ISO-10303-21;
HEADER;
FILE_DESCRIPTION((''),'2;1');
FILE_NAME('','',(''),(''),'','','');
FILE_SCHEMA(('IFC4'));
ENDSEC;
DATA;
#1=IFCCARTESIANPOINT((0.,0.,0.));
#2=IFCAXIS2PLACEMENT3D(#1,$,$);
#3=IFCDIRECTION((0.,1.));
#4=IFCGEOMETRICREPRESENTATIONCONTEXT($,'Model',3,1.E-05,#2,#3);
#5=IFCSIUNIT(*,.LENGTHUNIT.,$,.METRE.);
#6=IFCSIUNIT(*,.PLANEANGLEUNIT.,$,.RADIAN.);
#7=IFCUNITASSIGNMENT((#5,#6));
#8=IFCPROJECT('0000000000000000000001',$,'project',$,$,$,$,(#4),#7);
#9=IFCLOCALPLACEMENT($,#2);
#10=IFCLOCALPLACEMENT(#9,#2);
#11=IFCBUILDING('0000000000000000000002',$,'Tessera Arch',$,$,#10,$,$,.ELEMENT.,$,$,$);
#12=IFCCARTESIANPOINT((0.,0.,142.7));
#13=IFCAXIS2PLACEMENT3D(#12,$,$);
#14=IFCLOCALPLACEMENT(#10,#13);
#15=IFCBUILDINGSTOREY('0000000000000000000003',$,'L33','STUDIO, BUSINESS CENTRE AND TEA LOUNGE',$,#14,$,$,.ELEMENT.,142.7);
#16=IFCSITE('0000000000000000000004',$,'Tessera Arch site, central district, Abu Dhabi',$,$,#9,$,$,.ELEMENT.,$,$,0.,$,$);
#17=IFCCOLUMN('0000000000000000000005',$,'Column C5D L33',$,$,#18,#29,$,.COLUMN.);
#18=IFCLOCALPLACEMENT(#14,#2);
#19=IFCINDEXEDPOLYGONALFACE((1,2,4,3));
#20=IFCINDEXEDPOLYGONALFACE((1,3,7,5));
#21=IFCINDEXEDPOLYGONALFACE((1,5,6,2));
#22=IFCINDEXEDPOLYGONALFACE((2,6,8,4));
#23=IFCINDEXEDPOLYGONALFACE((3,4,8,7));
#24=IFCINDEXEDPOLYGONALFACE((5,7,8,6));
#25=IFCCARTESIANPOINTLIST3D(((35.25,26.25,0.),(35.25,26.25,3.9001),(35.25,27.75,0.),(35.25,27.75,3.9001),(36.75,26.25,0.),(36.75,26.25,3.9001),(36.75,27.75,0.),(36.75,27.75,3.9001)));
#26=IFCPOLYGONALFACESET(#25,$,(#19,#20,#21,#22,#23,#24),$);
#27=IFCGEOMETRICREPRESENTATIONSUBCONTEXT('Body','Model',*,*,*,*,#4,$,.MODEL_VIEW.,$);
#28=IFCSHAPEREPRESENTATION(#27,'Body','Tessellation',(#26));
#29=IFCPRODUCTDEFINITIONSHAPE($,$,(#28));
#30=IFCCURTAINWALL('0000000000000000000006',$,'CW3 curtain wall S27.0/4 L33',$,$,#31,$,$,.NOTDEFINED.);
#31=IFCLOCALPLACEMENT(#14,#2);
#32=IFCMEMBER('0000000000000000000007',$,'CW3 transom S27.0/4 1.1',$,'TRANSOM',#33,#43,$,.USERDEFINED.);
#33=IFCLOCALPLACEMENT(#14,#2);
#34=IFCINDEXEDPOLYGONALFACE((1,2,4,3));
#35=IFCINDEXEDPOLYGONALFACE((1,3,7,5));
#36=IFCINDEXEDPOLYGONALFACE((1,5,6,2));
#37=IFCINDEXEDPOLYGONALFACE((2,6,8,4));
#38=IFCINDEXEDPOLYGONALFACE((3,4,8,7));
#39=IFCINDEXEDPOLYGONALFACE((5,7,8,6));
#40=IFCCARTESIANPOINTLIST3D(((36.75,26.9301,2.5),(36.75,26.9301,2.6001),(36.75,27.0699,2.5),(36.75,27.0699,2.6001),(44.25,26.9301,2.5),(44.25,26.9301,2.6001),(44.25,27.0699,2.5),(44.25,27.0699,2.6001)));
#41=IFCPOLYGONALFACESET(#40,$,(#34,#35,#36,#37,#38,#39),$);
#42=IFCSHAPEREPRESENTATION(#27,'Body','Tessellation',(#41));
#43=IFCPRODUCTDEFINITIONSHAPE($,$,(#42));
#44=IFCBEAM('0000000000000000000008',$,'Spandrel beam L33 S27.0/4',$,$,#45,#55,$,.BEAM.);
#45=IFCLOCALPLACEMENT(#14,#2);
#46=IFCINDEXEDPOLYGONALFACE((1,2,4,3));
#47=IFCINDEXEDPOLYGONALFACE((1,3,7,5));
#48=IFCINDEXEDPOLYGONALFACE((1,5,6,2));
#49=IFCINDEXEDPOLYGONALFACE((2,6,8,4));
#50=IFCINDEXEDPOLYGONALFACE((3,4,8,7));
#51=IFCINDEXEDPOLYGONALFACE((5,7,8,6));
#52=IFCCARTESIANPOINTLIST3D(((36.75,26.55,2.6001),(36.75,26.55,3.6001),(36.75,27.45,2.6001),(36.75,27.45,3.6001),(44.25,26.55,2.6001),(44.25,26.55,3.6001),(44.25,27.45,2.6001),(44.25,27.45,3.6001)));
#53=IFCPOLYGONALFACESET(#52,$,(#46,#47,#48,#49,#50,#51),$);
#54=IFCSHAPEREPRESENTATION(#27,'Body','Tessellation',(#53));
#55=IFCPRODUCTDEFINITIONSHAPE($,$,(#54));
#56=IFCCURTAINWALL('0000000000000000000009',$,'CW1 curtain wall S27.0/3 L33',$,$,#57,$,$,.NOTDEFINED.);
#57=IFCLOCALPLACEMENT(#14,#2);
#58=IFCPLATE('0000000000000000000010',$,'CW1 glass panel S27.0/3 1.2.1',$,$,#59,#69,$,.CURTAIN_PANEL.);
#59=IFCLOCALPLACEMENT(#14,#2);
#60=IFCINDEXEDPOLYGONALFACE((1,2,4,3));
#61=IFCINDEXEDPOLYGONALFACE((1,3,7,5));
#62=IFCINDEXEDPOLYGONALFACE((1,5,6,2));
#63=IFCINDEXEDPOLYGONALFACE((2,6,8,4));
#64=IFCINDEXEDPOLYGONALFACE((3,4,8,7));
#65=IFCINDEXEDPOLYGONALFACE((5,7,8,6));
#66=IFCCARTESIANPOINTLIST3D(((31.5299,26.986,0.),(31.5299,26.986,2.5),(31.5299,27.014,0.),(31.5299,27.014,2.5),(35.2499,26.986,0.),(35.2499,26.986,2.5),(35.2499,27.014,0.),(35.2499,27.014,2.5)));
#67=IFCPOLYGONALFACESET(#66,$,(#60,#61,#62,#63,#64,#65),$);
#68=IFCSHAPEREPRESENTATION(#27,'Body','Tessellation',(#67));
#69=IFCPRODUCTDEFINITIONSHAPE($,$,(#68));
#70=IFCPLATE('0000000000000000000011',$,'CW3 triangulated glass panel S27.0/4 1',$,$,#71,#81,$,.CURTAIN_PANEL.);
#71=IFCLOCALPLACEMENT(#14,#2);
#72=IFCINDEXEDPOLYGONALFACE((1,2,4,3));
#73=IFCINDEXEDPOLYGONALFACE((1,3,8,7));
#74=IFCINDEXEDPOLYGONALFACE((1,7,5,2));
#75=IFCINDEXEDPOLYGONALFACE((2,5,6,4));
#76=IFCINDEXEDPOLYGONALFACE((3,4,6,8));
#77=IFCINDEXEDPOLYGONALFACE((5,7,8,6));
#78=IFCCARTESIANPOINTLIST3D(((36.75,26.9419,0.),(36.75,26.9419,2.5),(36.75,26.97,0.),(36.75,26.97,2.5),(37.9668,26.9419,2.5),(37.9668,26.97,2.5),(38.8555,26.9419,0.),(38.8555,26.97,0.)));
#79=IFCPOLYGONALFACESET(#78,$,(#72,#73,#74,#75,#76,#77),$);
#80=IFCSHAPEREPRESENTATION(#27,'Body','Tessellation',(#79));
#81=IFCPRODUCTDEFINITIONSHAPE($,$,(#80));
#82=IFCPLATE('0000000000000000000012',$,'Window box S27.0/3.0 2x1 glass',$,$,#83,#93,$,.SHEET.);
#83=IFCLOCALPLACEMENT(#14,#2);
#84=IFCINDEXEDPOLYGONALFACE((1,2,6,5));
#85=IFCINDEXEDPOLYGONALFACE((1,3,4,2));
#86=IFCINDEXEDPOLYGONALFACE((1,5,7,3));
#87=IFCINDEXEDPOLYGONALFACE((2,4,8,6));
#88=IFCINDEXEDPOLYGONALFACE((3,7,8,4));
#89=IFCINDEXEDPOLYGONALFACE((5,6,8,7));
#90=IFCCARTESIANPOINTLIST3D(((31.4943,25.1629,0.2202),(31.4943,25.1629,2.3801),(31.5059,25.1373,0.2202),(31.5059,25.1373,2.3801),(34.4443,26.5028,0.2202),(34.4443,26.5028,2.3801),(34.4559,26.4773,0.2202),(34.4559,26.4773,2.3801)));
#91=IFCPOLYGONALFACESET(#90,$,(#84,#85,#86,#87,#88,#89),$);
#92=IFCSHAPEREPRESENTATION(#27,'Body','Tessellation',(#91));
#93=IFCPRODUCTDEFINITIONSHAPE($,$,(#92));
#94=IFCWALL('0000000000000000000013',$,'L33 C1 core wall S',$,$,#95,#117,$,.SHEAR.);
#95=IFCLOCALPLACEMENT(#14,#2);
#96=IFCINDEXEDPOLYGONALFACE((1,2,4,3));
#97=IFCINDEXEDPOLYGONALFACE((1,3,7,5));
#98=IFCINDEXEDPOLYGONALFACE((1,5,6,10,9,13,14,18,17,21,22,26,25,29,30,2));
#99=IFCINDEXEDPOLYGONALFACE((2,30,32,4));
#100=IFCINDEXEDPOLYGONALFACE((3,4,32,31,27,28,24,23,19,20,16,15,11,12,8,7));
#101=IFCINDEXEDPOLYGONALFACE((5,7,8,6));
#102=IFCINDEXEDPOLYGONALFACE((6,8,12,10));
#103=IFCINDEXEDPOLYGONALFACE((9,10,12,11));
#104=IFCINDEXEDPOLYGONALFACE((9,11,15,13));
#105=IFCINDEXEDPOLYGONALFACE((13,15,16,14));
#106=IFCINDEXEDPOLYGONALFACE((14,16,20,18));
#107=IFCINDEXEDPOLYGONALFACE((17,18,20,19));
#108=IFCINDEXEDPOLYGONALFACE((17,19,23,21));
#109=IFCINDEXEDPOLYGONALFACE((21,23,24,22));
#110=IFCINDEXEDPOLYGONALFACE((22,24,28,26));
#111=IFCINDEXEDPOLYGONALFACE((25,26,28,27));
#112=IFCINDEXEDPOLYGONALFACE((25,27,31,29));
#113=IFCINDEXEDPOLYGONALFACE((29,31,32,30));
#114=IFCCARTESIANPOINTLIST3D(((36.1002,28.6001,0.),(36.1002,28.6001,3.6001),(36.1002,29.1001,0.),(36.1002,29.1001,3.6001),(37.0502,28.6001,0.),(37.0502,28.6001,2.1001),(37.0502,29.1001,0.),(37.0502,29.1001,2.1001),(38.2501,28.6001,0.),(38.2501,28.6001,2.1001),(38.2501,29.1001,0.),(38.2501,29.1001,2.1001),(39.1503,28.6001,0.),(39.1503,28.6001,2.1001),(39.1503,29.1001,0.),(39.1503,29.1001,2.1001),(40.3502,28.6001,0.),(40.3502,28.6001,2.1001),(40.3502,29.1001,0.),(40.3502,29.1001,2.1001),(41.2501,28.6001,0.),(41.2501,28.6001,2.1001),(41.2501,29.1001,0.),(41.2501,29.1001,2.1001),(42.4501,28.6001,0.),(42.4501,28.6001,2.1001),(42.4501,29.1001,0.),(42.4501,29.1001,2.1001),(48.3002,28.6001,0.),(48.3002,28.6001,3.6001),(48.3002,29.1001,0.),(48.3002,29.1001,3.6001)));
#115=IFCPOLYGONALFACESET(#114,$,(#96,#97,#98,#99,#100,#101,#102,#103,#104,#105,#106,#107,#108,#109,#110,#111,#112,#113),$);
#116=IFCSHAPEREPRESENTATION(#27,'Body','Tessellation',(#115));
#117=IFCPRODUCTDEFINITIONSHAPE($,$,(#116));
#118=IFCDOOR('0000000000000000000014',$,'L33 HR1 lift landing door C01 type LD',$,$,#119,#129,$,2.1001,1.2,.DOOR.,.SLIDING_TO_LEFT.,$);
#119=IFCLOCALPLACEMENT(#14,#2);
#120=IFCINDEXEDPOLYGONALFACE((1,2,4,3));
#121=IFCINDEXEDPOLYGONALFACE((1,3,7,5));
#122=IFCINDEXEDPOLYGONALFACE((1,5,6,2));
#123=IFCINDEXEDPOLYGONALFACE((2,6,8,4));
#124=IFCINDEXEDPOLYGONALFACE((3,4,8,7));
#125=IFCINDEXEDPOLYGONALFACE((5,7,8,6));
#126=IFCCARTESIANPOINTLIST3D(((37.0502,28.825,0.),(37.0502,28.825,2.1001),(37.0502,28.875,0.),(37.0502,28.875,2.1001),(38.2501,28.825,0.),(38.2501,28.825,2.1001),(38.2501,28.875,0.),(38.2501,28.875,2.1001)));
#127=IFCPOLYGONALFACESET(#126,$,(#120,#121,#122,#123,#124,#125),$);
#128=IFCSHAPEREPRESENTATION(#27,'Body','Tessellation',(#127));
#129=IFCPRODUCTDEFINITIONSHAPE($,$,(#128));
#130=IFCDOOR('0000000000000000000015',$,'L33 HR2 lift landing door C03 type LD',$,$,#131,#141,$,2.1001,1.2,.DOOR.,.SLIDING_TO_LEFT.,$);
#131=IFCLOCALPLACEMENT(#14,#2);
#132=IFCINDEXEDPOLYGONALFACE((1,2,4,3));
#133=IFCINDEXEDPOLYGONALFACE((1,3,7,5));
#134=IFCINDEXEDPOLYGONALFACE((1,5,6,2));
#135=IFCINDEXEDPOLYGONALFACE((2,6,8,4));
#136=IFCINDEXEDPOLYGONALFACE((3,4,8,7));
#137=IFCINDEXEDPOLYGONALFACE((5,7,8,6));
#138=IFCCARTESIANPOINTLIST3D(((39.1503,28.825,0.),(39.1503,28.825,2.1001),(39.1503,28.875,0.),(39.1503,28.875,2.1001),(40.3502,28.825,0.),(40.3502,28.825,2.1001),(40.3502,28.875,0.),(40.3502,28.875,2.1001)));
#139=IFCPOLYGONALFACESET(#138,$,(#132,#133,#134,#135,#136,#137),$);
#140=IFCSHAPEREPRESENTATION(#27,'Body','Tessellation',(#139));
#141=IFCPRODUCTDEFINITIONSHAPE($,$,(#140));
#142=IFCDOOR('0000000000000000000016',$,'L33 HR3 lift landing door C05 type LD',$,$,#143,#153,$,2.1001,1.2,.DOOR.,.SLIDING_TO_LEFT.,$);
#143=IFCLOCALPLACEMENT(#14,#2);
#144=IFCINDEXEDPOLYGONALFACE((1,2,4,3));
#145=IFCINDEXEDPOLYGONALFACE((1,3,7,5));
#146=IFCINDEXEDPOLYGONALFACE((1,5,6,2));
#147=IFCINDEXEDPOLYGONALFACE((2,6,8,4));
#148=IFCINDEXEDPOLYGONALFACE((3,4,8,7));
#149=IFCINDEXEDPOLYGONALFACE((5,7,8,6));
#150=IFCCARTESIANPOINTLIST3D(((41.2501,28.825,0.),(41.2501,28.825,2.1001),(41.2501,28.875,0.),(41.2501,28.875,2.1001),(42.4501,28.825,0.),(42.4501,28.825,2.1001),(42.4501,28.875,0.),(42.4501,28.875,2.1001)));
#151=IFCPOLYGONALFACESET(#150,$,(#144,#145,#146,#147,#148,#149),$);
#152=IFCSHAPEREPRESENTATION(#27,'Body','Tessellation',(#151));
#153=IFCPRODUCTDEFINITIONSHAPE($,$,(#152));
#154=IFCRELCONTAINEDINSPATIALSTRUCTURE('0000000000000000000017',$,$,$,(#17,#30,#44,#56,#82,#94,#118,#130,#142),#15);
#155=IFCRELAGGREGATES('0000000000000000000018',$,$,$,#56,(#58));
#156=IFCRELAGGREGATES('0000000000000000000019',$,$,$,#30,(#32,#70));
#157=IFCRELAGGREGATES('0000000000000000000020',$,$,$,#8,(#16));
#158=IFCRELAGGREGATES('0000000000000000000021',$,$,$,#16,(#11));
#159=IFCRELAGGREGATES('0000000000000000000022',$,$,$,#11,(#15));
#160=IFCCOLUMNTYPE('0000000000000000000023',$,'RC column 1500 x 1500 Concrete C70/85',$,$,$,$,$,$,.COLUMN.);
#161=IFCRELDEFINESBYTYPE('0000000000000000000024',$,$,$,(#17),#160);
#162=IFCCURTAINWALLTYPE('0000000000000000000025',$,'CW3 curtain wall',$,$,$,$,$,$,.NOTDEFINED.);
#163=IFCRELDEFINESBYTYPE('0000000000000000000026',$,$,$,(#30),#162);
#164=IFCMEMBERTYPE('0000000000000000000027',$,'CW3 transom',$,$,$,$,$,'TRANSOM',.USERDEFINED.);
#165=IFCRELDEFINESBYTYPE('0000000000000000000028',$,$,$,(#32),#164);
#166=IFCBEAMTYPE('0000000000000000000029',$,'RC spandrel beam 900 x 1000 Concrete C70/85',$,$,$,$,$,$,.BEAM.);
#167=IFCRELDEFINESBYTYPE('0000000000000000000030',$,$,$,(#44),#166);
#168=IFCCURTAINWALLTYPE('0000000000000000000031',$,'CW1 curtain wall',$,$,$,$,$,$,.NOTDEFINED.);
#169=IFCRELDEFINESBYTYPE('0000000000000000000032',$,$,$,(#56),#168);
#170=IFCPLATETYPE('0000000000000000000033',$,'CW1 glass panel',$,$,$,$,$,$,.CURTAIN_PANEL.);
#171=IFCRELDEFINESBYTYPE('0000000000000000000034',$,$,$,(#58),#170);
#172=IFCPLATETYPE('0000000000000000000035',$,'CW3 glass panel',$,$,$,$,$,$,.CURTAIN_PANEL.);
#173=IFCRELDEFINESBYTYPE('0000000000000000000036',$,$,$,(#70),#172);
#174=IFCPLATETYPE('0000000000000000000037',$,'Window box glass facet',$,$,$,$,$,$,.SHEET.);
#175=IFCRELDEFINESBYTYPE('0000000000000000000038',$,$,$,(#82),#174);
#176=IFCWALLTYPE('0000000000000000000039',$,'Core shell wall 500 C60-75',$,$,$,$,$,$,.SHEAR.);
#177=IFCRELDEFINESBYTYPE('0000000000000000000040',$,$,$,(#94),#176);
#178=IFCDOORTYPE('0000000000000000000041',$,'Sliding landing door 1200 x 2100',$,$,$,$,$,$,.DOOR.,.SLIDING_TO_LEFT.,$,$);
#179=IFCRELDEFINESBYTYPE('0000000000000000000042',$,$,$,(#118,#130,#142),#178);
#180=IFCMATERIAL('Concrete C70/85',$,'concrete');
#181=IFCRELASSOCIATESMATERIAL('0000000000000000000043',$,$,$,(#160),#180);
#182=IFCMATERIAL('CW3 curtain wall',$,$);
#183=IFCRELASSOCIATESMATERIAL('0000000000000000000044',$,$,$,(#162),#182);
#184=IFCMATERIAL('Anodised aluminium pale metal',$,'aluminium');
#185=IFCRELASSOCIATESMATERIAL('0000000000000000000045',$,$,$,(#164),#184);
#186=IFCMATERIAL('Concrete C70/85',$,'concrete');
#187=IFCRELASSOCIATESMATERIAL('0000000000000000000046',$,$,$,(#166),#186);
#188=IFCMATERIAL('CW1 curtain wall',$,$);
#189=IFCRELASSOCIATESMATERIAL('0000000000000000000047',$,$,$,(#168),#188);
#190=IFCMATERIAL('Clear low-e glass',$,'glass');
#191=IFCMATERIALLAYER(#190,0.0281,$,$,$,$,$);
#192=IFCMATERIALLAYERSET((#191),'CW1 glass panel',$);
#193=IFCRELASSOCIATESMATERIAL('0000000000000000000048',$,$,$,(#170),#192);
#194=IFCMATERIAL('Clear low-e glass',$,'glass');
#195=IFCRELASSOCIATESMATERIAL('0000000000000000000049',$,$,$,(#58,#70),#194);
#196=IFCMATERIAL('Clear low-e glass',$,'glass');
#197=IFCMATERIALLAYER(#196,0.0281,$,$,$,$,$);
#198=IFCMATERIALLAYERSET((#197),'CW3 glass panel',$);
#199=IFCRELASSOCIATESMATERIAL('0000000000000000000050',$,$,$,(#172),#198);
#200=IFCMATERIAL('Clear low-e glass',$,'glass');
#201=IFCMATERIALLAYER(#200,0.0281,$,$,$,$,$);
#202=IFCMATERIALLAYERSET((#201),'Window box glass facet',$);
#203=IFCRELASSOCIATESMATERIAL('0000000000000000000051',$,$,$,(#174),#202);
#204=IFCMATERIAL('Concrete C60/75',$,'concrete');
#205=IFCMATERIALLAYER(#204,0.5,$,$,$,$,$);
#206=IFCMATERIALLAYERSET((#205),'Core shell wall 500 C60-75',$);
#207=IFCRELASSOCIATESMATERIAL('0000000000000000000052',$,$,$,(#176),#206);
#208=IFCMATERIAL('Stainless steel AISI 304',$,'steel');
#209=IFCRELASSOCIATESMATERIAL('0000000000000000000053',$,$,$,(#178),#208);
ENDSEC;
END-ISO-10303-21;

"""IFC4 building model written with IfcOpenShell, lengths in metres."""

from ifc_helpers import new_model, si_unit, direction, frame, frame_2d, origin, origin_2d, place, context, subcontext, project, spatial, polyline, rectangle, outline, extrude, material, layer, layer_set, material_profile, profile_set, type_object, element, fill, aggregate, save


model = new_model("IFC4")

# Units and contexts
model_context = context("Model", 3, precision=1e-05, world=origin(), true_north=direction((0.0, 1.0)))
body_context = subcontext(model_context, "Body", "Model", "MODEL_VIEW")
ifc_project = project(units=[si_unit("LENGTHUNIT", "METRE"), si_unit("PLANEANGLEUNIT", "RADIAN")], contexts=[model_context])

# Site, building, storey
site_placement = place(None, origin())
site = spatial("IfcSite", under=ifc_project, at=site_placement, Name="Tessera Arch site, central district, Abu Dhabi", CompositionType="ELEMENT", RefElevation=0.0)
building_placement = place(site_placement, origin())
building = spatial("IfcBuilding", under=site, at=building_placement, Name="Tessera Arch", CompositionType="ELEMENT")
storey_placement = place(building_placement, frame((0.0, 0.0, 142.7)))
storey = spatial("IfcBuildingStorey", under=building, at=storey_placement, Name="L33", Description="STUDIO, BUSINESS CENTRE AND TEA LOUNGE", CompositionType="ELEMENT", Elevation=142.7)

# Column
ifc_material_1 = material(Name="Concrete C70/85", Category="concrete")
ifc_material_profile_1 = material_profile(ifc_material_1, rectangle(XDim=1.5, YDim=1.5, at=origin_2d()), Name="RC column 1500 x 1500 Concrete C70/85")
ifc_profile_set_1 = profile_set([ifc_material_profile_1], Name="Concrete C70/85")
column_type = type_object("IfcColumnType", Name="RC column 1500 x 1500 Concrete C70/85", PredefinedType="COLUMN", material=ifc_profile_set_1)
column_placement = place(storey_placement, frame((36.0, 27.0, 0.0), z_axis=(0.0, 0.0, 1.0), x_axis=(1.0, 0.0, 0.0)))
element("IfcColumn", 1, at=column_placement, inside=storey, type_object=column_type, Name="Column C5D L33", PredefinedType="COLUMN", context=body_context, shape_type="SweptSolid", body=[
    extrude(rectangle(XDim=1.5, YDim=1.5, at=origin_2d()), origin(), (0.0, 0.0, 1.0), 3.9001),
])

# Curtain wall, member
ifc_material_2 = material(Name="CW3 curtain wall")
curtain_wall_type_1 = type_object("IfcCurtainWallType", Name="CW3 curtain wall", PredefinedType="NOTDEFINED", material=ifc_material_2)
curtain_wall_1_placement = place(storey_placement, origin())
curtain_wall_1 = element("IfcCurtainWall", 2, at=curtain_wall_1_placement, inside=storey, type_object=curtain_wall_type_1, Name="CW3 curtain wall S27.0/4 L33", PredefinedType="NOTDEFINED")
ifc_material_3 = material(Name="Anodised aluminium pale metal", Category="aluminium")
ifc_material_profile_2 = material_profile(ifc_material_3, rectangle(XDim=0.1399, YDim=0.1001, at=origin_2d()), Name="AL 140x100")
ifc_profile_set_2 = profile_set([ifc_material_profile_2], Name="Anodised aluminium pale metal")
member_type = type_object("IfcMemberType", Name="CW3 transom", ElementType="TRANSOM", PredefinedType="USERDEFINED", material=ifc_profile_set_2)
member_placement = place(storey_placement, frame((36.75, 27.0, 2.55), z_axis=(1.0, 0.0, 0.0), x_axis=(0.0, 1.0, 0.0)))
member = element("IfcMember", 3, at=member_placement, type_object=member_type, Name="CW3 transom S27.0/4 1.1", ObjectType="TRANSOM", PredefinedType="USERDEFINED", context=body_context, shape_type="SweptSolid", body=[
    extrude(rectangle(XDim=0.1399, YDim=0.1001, at=origin_2d()), origin(), (0.0, 0.0, 1.0), 7.5),
])

# Beam
ifc_material_4 = material(Name="Concrete C70/85", Category="concrete")
ifc_material_profile_3 = material_profile(ifc_material_4, rectangle(XDim=0.8999, YDim=1.0, at=origin_2d()), Name="RC spandrel beam 900 x 1000 Concrete C70/85")
ifc_profile_set_3 = profile_set([ifc_material_profile_3], Name="Concrete C70/85")
beam_type = type_object("IfcBeamType", Name="RC spandrel beam 900 x 1000 Concrete C70/85", PredefinedType="BEAM", material=ifc_profile_set_3)
beam_placement = place(storey_placement, frame((36.75, 27.0, 3.1001), z_axis=(1.0, 0.0, 0.0), x_axis=(0.0, 1.0, 0.0)))
element("IfcBeam", 4, at=beam_placement, inside=storey, type_object=beam_type, Name="Spandrel beam L33 S27.0/4", PredefinedType="BEAM", context=body_context, shape_type="SweptSolid", body=[
    extrude(rectangle(XDim=0.8999, YDim=1.0, at=origin_2d()), origin(), (0.0, 0.0, 1.0), 7.5),
])

# Curtain wall, plate
ifc_material_5 = material(Name="CW1 curtain wall")
curtain_wall_type_2 = type_object("IfcCurtainWallType", Name="CW1 curtain wall", PredefinedType="NOTDEFINED", material=ifc_material_5)
curtain_wall_2_placement = place(storey_placement, origin())
curtain_wall_2 = element("IfcCurtainWall", 5, at=curtain_wall_2_placement, inside=storey, type_object=curtain_wall_type_2, Name="CW1 curtain wall S27.0/3 L33", PredefinedType="NOTDEFINED")
ifc_material_6 = material(Name="Clear low-e glass", Category="glass")
ifc_material_7 = material(Name="Clear low-e glass", Category="glass")
ifc_layer_1 = layer(ifc_material_7, 0.0281)
ifc_layer_set_1 = layer_set([ifc_layer_1], Name="CW1 glass panel")
plate_type_1 = type_object("IfcPlateType", Name="CW1 glass panel", PredefinedType="CURTAIN_PANEL", material=ifc_layer_set_1)
plate_1_placement = place(storey_placement, frame((33.3899, 27.0, 0.0), z_axis=(0.0, 0.0, 1.0), x_axis=(1.0, 0.0, 0.0)))
plate_1 = element("IfcPlate", 6, at=plate_1_placement, type_object=plate_type_1, material=ifc_material_6, Name="CW1 glass panel S27.0/3 1.2.1", PredefinedType="CURTAIN_PANEL", context=body_context, shape_type="SweptSolid", body=[
    extrude(rectangle(XDim=3.72, YDim=0.0281, at=origin_2d()), origin(), (0.0, 0.0, 1.0), 2.5),
])
aggregate(curtain_wall_2, [plate_1])

# Plates
ifc_material_8 = material(Name="Clear low-e glass", Category="glass")
ifc_layer_2 = layer(ifc_material_8, 0.0281)
ifc_layer_set_2 = layer_set([ifc_layer_2], Name="CW3 glass panel")
plate_type_2 = type_object("IfcPlateType", Name="CW3 glass panel", PredefinedType="CURTAIN_PANEL", material=ifc_layer_set_2)
plate_2_placement = place(storey_placement, frame((36.75, 26.9419, 0.0), z_axis=(0.0, -1.0, 0.0), x_axis=(1.0, 0.0, 0.0)))
plate_2 = element("IfcPlate", 7, at=plate_2_placement, type_object=plate_type_2, material=ifc_material_6, Name="CW3 triangulated glass panel S27.0/4 1", PredefinedType="CURTAIN_PANEL", context=body_context, shape_type="SweptSolid", body=[
    extrude(outline(polyline([(0.0, 0.0), (2.1055, 0.0), (1.2168, 2.5), (0.0, 2.5), (0.0, 0.0)])), origin(), (0.0, 0.0, -1.0), 0.0281),
])
aggregate(curtain_wall_1, [member, plate_2])
ifc_material_9 = material(Name="Clear low-e glass", Category="glass")
ifc_layer_3 = layer(ifc_material_9, 0.0281)
ifc_layer_set_3 = layer_set([ifc_layer_3], Name="Window box glass facet")
plate_type_3 = type_object("IfcPlateType", Name="Window box glass facet", PredefinedType="SHEET", material=ifc_layer_set_3)
plate_3_placement = place(storey_placement, frame((32.9751, 25.8201, 0.2202), z_axis=(0.0, 0.0, 1.0), x_axis=(-0.910472, -0.41357, 0.0)))
element("IfcPlate", 8, at=plate_3_placement, inside=storey, type_object=plate_type_3, Name="Window box S27.0/3.0 2x1 glass", PredefinedType="SHEET", context=body_context, shape_type="SweptSolid", body=[
    extrude(rectangle(XDim=3.24, YDim=0.0281, at=origin_2d()), origin(), (0.0, 0.0, 1.0), 2.1599),
])

# Wall, openings, doors
ifc_material_10 = material(Name="Concrete C60/75", Category="concrete")
ifc_layer_4 = layer(ifc_material_10, 0.5)
ifc_layer_set_4 = layer_set([ifc_layer_4], Name="Core shell wall 500 C60-75")
wall_type_1 = type_object("IfcWallType", Name="Core shell wall 500 C60-75", PredefinedType="SHEAR", material=ifc_layer_set_4)
wall_1_placement = place(storey_placement, frame((36.1001, 28.8501, 0.0), z_axis=(0.0, 0.0, 1.0), x_axis=(1.0, 0.0, 0.0)))
wall_1 = element("IfcWall", 9, at=wall_1_placement, inside=storey, type_object=wall_type_1, Name="L33 C1 core wall S", PredefinedType="SHEAR", context=body_context, shape_type="SweptSolid", body=[
    extrude(rectangle(XDim=12.2, YDim=0.5, at=frame_2d((6.1001, 0.0))), origin(), (0.0, 0.0, 1.0), 3.6001),
])
opening_1_placement = place(wall_1_placement, frame((0.95, 0.0, 0.0)))
opening_1 = element("IfcOpeningElement", 10, at=opening_1_placement, cuts=wall_1, PredefinedType="OPENING", context=body_context, shape_type="SweptSolid", body=[
    extrude(rectangle(XDim=1.2, YDim=2.1001, at=frame_2d((0.6001, 1.05))), frame((0.0, 0.26, 0.0), z_axis=(0.0, -1.0, 0.0), x_axis=(1.0, 0.0, 0.0)), (0.0, 0.0, 1.0), 0.52),
])
opening_2_placement = place(wall_1_placement, frame((3.05, 0.0, 0.0)))
opening_2 = element("IfcOpeningElement", 11, at=opening_2_placement, cuts=wall_1, PredefinedType="OPENING", context=body_context, shape_type="SweptSolid", body=[
    extrude(rectangle(XDim=1.2, YDim=2.1001, at=frame_2d((0.6001, 1.05))), frame((0.0, 0.26, 0.0), z_axis=(0.0, -1.0, 0.0), x_axis=(1.0, 0.0, 0.0)), (0.0, 0.0, 1.0), 0.52),
])
opening_3_placement = place(wall_1_placement, frame((5.1499, 0.0, 0.0)))
opening_3 = element("IfcOpeningElement", 12, at=opening_3_placement, cuts=wall_1, PredefinedType="OPENING", context=body_context, shape_type="SweptSolid", body=[
    extrude(rectangle(XDim=1.2, YDim=2.1001, at=frame_2d((0.6001, 1.05))), frame((0.0, 0.26, 0.0), z_axis=(0.0, -1.0, 0.0), x_axis=(1.0, 0.0, 0.0)), (0.0, 0.0, 1.0), 0.52),
])
ifc_material_11 = material(Name="Stainless steel AISI 304", Category="steel")
door_type_1 = type_object("IfcDoorType", Name="Sliding landing door 1200 x 2100", OperationType="SLIDING_TO_LEFT", PredefinedType="DOOR", material=ifc_material_11)
door_1_placement = place(opening_1_placement, origin())
door_1 = element("IfcDoor", 13, at=door_1_placement, inside=storey, type_object=door_type_1, Name="L33 HR1 lift landing door C01 type LD", OperationType="SLIDING_TO_LEFT", OverallHeight=2.1001, OverallWidth=1.2, PredefinedType="DOOR", context=body_context, shape_type="SweptSolid", body=[
    extrude(rectangle(XDim=1.2, YDim=2.1001, at=frame_2d((0.6001, 1.05))), frame((0.0, 0.0249, 0.0), z_axis=(0.0, -1.0, 0.0), x_axis=(1.0, 0.0, 0.0)), (0.0, 0.0, 1.0), 0.05),
])
fill(opening_1, door_1)
door_2_placement = place(opening_2_placement, origin())
door_2 = element("IfcDoor", 14, at=door_2_placement, inside=storey, type_object=door_type_1, Name="L33 HR2 lift landing door C03 type LD", OperationType="SLIDING_TO_LEFT", OverallHeight=2.1001, OverallWidth=1.2, PredefinedType="DOOR", context=body_context, shape_type="SweptSolid", body=[
    extrude(rectangle(XDim=1.2, YDim=2.1001, at=frame_2d((0.6001, 1.05))), frame((0.0, 0.0249, 0.0), z_axis=(0.0, -1.0, 0.0), x_axis=(1.0, 0.0, 0.0)), (0.0, 0.0, 1.0), 0.05),
])
fill(opening_2, door_2)
door_3_placement = place(opening_3_placement, origin())
door_3 = element("IfcDoor", 15, at=door_3_placement, inside=storey, type_object=door_type_1, Name="L33 HR3 lift landing door C05 type LD", OperationType="SLIDING_TO_LEFT", OverallHeight=2.1001, OverallWidth=1.2, PredefinedType="DOOR", context=body_context, shape_type="SweptSolid", body=[
    extrude(rectangle(XDim=1.2, YDim=2.1001, at=frame_2d((0.6001, 1.05))), frame((0.0, 0.0249, 0.0), z_axis=(0.0, -1.0, 0.0), x_axis=(1.0, 0.0, 0.0)), (0.0, 0.0, 1.0), 0.05),
])
fill(opening_3, door_3)

save(model, "model.ifc")
